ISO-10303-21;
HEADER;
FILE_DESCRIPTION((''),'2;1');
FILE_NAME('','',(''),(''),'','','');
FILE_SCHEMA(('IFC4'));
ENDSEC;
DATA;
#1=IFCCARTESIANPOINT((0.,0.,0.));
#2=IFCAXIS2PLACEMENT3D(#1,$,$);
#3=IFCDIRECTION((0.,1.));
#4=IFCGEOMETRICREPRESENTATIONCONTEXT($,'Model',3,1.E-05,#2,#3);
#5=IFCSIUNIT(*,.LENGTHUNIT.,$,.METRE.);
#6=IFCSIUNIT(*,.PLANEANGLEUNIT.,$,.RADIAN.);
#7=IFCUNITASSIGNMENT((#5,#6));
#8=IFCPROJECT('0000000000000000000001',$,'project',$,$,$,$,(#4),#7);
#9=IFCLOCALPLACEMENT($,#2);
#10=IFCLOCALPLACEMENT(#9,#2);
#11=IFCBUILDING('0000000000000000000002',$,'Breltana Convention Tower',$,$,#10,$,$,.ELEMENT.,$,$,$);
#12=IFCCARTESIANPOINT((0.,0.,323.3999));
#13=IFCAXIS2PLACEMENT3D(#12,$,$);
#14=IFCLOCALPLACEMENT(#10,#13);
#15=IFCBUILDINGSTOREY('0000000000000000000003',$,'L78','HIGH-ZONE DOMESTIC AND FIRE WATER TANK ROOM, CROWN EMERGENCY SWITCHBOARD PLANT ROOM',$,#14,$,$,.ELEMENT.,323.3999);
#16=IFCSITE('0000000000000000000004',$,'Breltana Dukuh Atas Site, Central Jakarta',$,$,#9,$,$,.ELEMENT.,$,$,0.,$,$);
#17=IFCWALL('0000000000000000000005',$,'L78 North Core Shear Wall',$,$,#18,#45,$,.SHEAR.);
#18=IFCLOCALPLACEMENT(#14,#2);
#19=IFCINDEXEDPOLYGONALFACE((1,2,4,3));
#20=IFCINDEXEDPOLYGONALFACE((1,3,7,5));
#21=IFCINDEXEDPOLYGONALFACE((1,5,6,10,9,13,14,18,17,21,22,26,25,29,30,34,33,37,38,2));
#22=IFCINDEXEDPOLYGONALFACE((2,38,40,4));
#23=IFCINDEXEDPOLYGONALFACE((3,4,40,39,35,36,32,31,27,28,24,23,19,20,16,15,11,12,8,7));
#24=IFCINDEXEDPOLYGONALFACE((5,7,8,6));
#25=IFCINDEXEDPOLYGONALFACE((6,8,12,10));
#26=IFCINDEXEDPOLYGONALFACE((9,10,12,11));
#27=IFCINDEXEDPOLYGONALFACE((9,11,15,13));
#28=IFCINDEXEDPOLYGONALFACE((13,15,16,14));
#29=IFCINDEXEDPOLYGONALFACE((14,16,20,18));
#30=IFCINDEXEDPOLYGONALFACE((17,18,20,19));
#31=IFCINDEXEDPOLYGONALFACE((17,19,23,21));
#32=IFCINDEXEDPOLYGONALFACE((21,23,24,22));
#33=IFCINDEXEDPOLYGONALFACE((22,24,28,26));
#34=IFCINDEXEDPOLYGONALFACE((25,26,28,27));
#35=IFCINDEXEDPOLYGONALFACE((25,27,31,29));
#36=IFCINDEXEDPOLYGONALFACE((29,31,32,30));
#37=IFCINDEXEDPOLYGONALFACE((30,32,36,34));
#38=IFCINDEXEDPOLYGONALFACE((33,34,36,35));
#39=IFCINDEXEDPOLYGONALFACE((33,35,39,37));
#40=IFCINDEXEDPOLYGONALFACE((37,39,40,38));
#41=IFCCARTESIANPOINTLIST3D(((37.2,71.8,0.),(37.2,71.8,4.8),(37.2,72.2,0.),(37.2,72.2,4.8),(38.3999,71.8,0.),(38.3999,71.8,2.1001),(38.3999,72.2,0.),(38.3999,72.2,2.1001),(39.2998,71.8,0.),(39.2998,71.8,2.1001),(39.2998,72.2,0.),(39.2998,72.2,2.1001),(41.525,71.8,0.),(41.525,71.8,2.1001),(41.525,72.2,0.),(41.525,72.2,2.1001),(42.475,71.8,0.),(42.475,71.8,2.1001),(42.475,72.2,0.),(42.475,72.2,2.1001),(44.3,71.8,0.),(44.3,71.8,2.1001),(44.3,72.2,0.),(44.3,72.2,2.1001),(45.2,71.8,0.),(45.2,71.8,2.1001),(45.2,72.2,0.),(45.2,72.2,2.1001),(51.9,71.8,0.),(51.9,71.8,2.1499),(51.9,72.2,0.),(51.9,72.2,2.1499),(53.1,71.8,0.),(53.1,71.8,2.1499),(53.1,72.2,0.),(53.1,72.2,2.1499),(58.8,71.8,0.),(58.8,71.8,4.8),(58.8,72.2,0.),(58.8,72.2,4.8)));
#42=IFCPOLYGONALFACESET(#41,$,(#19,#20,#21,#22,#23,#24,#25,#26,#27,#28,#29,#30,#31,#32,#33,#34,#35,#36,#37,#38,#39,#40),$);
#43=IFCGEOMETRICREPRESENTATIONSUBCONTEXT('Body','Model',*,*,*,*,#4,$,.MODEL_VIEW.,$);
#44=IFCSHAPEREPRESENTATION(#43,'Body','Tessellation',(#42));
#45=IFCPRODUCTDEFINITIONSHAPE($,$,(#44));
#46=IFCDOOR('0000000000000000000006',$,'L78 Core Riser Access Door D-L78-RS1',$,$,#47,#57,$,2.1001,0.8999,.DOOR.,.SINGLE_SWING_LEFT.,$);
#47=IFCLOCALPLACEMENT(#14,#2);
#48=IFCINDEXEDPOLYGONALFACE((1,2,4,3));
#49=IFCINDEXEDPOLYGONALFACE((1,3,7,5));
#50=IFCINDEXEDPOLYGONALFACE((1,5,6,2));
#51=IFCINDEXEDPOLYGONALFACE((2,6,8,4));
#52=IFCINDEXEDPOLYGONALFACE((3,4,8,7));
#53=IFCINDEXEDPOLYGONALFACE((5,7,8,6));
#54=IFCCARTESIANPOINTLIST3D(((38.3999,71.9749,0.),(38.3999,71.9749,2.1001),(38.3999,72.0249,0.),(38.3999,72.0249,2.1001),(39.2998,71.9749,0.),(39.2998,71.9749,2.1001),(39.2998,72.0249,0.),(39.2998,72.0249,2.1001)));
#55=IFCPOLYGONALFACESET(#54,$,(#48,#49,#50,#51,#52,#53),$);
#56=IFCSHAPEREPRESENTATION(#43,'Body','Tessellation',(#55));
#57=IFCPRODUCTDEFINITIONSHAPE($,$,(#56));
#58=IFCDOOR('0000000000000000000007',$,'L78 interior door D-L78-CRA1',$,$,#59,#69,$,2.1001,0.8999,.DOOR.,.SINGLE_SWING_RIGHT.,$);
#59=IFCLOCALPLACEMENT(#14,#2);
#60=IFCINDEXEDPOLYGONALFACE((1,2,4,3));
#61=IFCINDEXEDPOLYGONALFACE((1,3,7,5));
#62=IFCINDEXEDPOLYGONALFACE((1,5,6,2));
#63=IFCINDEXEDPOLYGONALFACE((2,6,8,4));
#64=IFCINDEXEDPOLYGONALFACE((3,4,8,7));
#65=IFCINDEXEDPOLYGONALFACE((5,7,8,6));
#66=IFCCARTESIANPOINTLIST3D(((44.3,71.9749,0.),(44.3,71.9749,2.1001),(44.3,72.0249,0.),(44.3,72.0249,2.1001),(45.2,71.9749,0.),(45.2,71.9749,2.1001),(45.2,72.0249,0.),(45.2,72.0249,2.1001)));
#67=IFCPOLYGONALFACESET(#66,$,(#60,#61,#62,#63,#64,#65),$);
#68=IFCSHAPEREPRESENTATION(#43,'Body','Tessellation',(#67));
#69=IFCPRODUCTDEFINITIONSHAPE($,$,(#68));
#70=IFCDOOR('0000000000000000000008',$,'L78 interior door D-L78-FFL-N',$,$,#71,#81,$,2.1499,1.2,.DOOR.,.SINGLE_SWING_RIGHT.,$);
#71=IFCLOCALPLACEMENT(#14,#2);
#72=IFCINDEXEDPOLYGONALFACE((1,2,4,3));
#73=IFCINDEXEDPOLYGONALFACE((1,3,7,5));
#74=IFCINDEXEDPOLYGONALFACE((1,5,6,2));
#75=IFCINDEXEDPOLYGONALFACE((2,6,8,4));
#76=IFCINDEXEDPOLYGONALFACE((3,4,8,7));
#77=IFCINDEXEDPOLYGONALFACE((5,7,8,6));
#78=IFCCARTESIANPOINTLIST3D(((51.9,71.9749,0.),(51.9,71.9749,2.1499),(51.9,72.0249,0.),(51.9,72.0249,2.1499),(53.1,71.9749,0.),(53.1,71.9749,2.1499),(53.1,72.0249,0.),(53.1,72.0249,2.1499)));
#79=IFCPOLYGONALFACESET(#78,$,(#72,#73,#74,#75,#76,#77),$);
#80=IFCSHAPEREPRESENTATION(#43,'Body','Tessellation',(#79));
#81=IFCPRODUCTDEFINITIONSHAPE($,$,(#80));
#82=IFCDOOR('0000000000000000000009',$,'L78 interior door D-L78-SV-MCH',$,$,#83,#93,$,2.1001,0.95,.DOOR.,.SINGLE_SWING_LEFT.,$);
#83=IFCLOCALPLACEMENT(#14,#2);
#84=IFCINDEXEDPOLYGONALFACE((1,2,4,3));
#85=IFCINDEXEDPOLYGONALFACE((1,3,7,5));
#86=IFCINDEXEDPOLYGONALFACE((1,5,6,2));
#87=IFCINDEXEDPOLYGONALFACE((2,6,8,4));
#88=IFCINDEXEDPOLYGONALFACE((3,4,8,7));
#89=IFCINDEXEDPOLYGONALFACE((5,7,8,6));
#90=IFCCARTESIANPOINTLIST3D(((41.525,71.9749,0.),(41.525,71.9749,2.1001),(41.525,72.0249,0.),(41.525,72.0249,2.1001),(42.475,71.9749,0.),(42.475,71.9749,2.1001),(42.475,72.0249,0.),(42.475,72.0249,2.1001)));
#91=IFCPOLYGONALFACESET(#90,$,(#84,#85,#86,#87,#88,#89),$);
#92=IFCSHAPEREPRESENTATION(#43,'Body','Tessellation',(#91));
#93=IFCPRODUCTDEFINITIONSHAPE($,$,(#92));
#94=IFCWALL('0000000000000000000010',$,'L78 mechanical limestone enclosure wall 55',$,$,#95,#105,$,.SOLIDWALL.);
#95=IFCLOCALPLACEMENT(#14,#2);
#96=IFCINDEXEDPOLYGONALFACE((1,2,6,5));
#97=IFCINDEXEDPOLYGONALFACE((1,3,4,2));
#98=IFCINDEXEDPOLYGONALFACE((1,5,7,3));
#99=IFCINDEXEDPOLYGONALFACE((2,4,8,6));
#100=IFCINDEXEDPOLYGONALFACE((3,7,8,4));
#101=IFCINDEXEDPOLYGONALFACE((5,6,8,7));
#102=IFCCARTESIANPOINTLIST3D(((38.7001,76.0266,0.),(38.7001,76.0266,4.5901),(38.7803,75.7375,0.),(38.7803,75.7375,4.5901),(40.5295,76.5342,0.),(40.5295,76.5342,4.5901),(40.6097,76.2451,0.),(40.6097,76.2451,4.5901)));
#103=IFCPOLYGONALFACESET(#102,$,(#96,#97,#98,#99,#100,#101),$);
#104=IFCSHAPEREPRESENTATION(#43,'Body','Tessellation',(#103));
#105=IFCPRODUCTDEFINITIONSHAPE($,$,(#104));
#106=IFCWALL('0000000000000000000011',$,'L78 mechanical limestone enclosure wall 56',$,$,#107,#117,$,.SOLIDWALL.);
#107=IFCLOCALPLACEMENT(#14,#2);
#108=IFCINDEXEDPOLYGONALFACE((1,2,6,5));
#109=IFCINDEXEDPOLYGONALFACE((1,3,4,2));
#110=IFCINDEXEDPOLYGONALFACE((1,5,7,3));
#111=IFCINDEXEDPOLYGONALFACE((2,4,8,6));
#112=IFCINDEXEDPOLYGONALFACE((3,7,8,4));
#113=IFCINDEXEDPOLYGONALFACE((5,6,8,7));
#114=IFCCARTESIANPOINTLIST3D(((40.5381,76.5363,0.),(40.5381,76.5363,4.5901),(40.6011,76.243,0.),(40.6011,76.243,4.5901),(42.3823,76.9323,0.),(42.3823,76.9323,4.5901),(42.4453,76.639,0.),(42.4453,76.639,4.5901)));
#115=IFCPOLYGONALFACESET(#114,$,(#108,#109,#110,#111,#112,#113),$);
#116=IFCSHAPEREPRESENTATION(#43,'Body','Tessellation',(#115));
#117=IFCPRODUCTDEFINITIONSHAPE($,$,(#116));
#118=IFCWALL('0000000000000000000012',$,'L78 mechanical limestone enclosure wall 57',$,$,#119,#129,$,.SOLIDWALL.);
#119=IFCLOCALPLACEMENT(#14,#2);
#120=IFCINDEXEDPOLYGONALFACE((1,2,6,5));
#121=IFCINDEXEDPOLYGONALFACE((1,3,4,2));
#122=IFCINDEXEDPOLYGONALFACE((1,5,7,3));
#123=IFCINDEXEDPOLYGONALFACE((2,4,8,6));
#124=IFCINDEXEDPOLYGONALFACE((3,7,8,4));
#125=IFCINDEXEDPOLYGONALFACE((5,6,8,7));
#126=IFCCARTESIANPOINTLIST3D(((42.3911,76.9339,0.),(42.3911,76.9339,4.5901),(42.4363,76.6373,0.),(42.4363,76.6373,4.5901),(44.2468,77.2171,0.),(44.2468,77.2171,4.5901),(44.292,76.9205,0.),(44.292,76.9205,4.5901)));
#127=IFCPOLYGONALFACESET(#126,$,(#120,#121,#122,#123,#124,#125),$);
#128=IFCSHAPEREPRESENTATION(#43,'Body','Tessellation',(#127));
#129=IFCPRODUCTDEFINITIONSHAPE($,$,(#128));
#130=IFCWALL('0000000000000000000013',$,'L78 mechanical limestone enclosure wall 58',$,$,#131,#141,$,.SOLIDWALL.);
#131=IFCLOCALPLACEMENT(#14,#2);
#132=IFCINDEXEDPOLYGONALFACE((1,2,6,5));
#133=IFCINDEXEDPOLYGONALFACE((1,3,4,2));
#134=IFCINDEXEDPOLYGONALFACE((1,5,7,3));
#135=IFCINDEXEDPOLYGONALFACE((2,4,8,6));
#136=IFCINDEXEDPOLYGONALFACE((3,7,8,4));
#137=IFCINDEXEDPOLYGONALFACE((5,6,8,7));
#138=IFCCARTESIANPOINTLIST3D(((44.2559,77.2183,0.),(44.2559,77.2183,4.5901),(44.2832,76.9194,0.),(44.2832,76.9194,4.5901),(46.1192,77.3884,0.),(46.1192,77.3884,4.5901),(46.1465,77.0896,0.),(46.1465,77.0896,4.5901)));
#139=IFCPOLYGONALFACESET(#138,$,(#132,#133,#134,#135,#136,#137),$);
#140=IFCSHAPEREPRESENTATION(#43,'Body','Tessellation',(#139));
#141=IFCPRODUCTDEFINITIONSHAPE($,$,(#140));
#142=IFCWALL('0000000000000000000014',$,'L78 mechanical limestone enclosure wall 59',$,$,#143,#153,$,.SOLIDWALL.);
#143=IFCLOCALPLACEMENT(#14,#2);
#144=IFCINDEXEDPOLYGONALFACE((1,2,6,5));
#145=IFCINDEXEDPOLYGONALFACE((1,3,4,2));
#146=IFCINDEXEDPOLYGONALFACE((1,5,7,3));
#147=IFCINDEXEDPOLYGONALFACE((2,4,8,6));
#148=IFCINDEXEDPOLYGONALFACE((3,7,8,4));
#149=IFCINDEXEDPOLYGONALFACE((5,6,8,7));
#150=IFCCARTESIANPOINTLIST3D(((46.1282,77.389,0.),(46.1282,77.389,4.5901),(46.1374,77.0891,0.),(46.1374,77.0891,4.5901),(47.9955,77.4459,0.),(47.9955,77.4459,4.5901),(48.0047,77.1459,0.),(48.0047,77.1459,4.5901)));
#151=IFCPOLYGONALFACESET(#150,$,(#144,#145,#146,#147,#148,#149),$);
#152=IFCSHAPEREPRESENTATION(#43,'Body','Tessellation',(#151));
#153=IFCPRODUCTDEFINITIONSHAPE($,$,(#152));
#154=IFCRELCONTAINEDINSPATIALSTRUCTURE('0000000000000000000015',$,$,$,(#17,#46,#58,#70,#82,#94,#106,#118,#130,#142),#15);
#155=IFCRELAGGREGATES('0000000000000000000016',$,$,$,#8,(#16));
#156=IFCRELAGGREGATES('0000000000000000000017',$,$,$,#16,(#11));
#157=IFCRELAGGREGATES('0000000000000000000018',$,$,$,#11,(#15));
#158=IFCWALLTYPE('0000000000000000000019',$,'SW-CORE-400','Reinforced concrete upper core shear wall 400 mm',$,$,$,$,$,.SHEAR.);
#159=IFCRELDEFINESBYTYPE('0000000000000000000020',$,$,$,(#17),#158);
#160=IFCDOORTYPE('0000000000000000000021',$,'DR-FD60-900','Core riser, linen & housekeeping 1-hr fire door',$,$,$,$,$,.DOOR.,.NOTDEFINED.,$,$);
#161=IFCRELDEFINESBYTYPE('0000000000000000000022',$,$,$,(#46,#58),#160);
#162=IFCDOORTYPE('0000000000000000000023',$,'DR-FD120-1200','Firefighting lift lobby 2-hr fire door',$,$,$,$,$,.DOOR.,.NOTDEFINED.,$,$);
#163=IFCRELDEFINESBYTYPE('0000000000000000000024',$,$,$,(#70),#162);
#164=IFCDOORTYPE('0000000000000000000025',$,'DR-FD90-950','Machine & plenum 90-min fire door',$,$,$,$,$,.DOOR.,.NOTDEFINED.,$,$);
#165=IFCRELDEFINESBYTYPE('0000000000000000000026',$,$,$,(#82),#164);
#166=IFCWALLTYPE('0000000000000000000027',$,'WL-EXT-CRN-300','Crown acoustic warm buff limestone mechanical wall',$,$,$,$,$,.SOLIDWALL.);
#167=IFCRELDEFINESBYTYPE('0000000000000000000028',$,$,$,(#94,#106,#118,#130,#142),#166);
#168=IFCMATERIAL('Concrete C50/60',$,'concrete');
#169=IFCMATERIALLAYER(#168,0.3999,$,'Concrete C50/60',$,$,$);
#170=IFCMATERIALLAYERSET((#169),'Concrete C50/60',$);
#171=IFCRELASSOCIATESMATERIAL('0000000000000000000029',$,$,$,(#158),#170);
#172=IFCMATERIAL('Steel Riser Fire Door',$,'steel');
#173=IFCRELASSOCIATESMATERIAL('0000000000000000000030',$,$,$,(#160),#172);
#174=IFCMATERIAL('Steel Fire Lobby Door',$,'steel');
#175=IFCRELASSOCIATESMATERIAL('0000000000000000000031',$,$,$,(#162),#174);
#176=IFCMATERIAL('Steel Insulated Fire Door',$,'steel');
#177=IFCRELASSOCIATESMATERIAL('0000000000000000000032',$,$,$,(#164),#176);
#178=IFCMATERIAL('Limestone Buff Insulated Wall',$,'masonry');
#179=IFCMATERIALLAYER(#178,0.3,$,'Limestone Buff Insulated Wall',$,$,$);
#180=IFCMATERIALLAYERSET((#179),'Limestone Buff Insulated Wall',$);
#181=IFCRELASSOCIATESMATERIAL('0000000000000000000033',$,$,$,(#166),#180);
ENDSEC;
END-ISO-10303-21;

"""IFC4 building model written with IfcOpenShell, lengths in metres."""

from ifc_helpers import new_model, si_unit, direction, frame, frame_2d, origin, place, context, subcontext, project, spatial, rectangle, extrude, source, transform, mapped, material, layer, layer_set, type_object, type_shapes, element, fill, save


model = new_model("IFC4")

# Units and contexts
model_context = context("Model", 3, precision=1e-05, world=origin(), true_north=direction((0.0, 1.0)))
body_context = subcontext(model_context, "Body", "Model", "MODEL_VIEW")
ifc_project = project(units=[si_unit("LENGTHUNIT", "METRE"), si_unit("PLANEANGLEUNIT", "RADIAN")], contexts=[model_context])

# Site, building, storey
site_placement = place(None, origin())
site = spatial("IfcSite", under=ifc_project, at=site_placement, Name="Breltana Dukuh Atas Site, Central Jakarta", CompositionType="ELEMENT", RefElevation=0.0)
building_placement = place(site_placement, origin())
building = spatial("IfcBuilding", under=site, at=building_placement, Name="Breltana Convention Tower", CompositionType="ELEMENT")
storey_placement = place(building_placement, frame((0.0, 0.0, 323.3999)))
storey = spatial("IfcBuildingStorey", under=building, at=storey_placement, Name="L78", Description="HIGH-ZONE DOMESTIC AND FIRE WATER TANK ROOM, CROWN EMERGENCY SWITCHBOARD PLANT ROOM", CompositionType="ELEMENT", Elevation=323.3999)

# Shared definitions
ifc_material_1 = material(Name="Concrete C50/60", Category="concrete")
ifc_layer_1 = layer(ifc_material_1, 0.3999, Name="Concrete C50/60")
ifc_layer_set_1 = layer_set([ifc_layer_1], Name="Concrete C50/60")
wall_type_1 = type_object("IfcWallType", Name="SW-CORE-400", Description="Reinforced concrete upper core shear wall 400 mm", PredefinedType="SHEAR", material=ifc_layer_set_1)

# Wall, openings, doors
shared_shape_1 = source(origin(), body_context, "Body", "SweptSolid", [
    extrude(rectangle(XDim=21.6001, YDim=0.3999, at=frame_2d((10.8, 0.0))), origin(), (0.0, 0.0, 1.0), 4.8),
])
wall_1_placement = place(storey_placement, frame((37.2, 72.0, 0.0), z_axis=(0.0, 0.0, 1.0), x_axis=(1.0, 0.0, 0.0)))
wall_1 = element("IfcWall", 1, at=wall_1_placement, inside=storey, type_object=wall_type_1, Name="L78 North Core Shear Wall", PredefinedType="SHEAR", context=body_context, shape_type="MappedRepresentation", body=[
    mapped(shared_shape_1, transform((0.0, 0.0, 0.0), scale=1.0)),
])
opening_1_placement = place(wall_1_placement, frame((1.2, 0.0, 0.0)))
opening_1 = element("IfcOpeningElement", 2, at=opening_1_placement, cuts=wall_1, PredefinedType="OPENING", context=body_context, shape_type="SweptSolid", body=[
    extrude(rectangle(XDim=0.8999, YDim=2.1001, at=frame_2d((0.45, 1.05))), frame((0.0, 0.21, 0.0), z_axis=(0.0, -1.0, 0.0), x_axis=(1.0, 0.0, 0.0)), (0.0, 0.0, 1.0), 0.4199),
])
opening_2_placement = place(wall_1_placement, frame((14.7, 0.0, 0.0)))
opening_2 = element("IfcOpeningElement", 3, at=opening_2_placement, cuts=wall_1, PredefinedType="OPENING", context=body_context, shape_type="SweptSolid", body=[
    extrude(rectangle(XDim=1.2, YDim=2.1499, at=frame_2d((0.6001, 1.075))), frame((0.0, 0.21, 0.0), z_axis=(0.0, -1.0, 0.0), x_axis=(1.0, 0.0, 0.0)), (0.0, 0.0, 1.0), 0.4199),
])
opening_3_placement = place(wall_1_placement, frame((4.325, 0.0, 0.0)))
opening_3 = element("IfcOpeningElement", 4, at=opening_3_placement, cuts=wall_1, PredefinedType="OPENING", context=body_context, shape_type="SweptSolid", body=[
    extrude(rectangle(XDim=0.95, YDim=2.1001, at=frame_2d((0.4751, 1.05))), frame((0.0, 0.21, 0.0), z_axis=(0.0, -1.0, 0.0), x_axis=(1.0, 0.0, 0.0)), (0.0, 0.0, 1.0), 0.4199),
])
opening_4_placement = place(wall_1_placement, frame((7.1001, 0.0, 0.0)))
opening_4 = element("IfcOpeningElement", 5, at=opening_4_placement, cuts=wall_1, PredefinedType="OPENING", context=body_context, shape_type="SweptSolid", body=[
    extrude(rectangle(XDim=0.8999, YDim=2.1001, at=frame_2d((0.45, 1.05))), frame((0.0, 0.21, 0.0), z_axis=(0.0, -1.0, 0.0), x_axis=(1.0, 0.0, 0.0)), (0.0, 0.0, 1.0), 0.4199),
])
ifc_material_2 = material(Name="Steel Riser Fire Door", Category="steel")
door_type_1 = type_object("IfcDoorType", Name="DR-FD60-900", Description="Core riser, linen & housekeeping 1-hr fire door", OperationType="NOTDEFINED", PredefinedType="DOOR", material=ifc_material_2)
shared_shape_2 = source(origin(), body_context, "Body", "SweptSolid", [
    extrude(rectangle(XDim=0.8999, YDim=2.1001, at=frame_2d((0.45, 1.05))), frame((0.0, 0.0249, 0.0), z_axis=(0.0, -1.0, 0.0), x_axis=(1.0, 0.0, 0.0)), (0.0, 0.0, 1.0), 0.05),
])
type_shapes(door_type_1, [shared_shape_2])
door_1_placement = place(opening_1_placement, origin())
door_1 = element("IfcDoor", 6, at=door_1_placement, inside=storey, type_object=door_type_1, Name="L78 Core Riser Access Door D-L78-RS1", OperationType="SINGLE_SWING_LEFT", OverallHeight=2.1001, OverallWidth=0.8999, PredefinedType="DOOR", context=body_context, shape_type="MappedRepresentation", body=[
    mapped(shared_shape_2, transform((0.0, 0.0, 0.0), scale=1.0)),
])
fill(opening_1, door_1)
door_2_placement = place(opening_4_placement, origin())
door_2 = element("IfcDoor", 7, at=door_2_placement, inside=storey, type_object=door_type_1, Name="L78 interior door D-L78-CRA1", OperationType="SINGLE_SWING_RIGHT", OverallHeight=2.1001, OverallWidth=0.8999, PredefinedType="DOOR", context=body_context, shape_type="MappedRepresentation", body=[
    mapped(shared_shape_2, transform((0.0, 0.0, 0.0), scale=1.0)),
])
fill(opening_4, door_2)
ifc_material_3 = material(Name="Steel Fire Lobby Door", Category="steel")
door_type_2 = type_object("IfcDoorType", Name="DR-FD120-1200", Description="Firefighting lift lobby 2-hr fire door", OperationType="NOTDEFINED", PredefinedType="DOOR", material=ifc_material_3)
shared_shape_3 = source(origin(), body_context, "Body", "SweptSolid", [
    extrude(rectangle(XDim=1.2, YDim=2.1499, at=frame_2d((0.6001, 1.075))), frame((0.0, 0.0249, 0.0), z_axis=(0.0, -1.0, 0.0), x_axis=(1.0, 0.0, 0.0)), (0.0, 0.0, 1.0), 0.05),
])
type_shapes(door_type_2, [shared_shape_3])
door_3_placement = place(opening_2_placement, origin())
door_3 = element("IfcDoor", 8, at=door_3_placement, inside=storey, type_object=door_type_2, Name="L78 interior door D-L78-FFL-N", OperationType="SINGLE_SWING_RIGHT", OverallHeight=2.1499, OverallWidth=1.2, PredefinedType="DOOR", context=body_context, shape_type="MappedRepresentation", body=[
    mapped(shared_shape_3, transform((0.0, 0.0, 0.0), scale=1.0)),
])
fill(opening_2, door_3)
ifc_material_4 = material(Name="Steel Insulated Fire Door", Category="steel")
door_type_3 = type_object("IfcDoorType", Name="DR-FD90-950", Description="Machine & plenum 90-min fire door", OperationType="NOTDEFINED", PredefinedType="DOOR", material=ifc_material_4)
shared_shape_4 = source(origin(), body_context, "Body", "SweptSolid", [
    extrude(rectangle(XDim=0.95, YDim=2.1001, at=frame_2d((0.4751, 1.05))), frame((0.0, 0.0249, 0.0), z_axis=(0.0, -1.0, 0.0), x_axis=(1.0, 0.0, 0.0)), (0.0, 0.0, 1.0), 0.05),
])
type_shapes(door_type_3, [shared_shape_4])
door_4_placement = place(opening_3_placement, origin())
door_4 = element("IfcDoor", 9, at=door_4_placement, inside=storey, type_object=door_type_3, Name="L78 interior door D-L78-SV-MCH", OperationType="SINGLE_SWING_LEFT", OverallHeight=2.1001, OverallWidth=0.95, PredefinedType="DOOR", context=body_context, shape_type="MappedRepresentation", body=[
    mapped(shared_shape_4, transform((0.0, 0.0, 0.0), scale=1.0)),
])
fill(opening_3, door_4)

# Walls
ifc_material_5 = material(Name="Limestone Buff Insulated Wall", Category="masonry")
ifc_layer_2 = layer(ifc_material_5, 0.3, Name="Limestone Buff Insulated Wall")
ifc_layer_set_2 = layer_set([ifc_layer_2], Name="Limestone Buff Insulated Wall")
wall_type_2 = type_object("IfcWallType", Name="WL-EXT-CRN-300", Description="Crown acoustic warm buff limestone mechanical wall", PredefinedType="SOLIDWALL", material=ifc_layer_set_2)
shared_shape_5 = source(origin(), body_context, "Body", "SweptSolid", [
    extrude(rectangle(XDim=1.8984, YDim=0.3, at=frame_2d((0.9492, 0.0))), origin(), (0.0, 0.0, 1.0), 4.5901),
])
wall_2_placement = place(storey_placement, frame((38.7402, 75.8821, 0.0), z_axis=(0.0, 0.0, 1.0), x_axis=(0.963597, 0.267359, 0.0)))
element("IfcWall", 10, at=wall_2_placement, inside=storey, type_object=wall_type_2, Name="L78 mechanical limestone enclosure wall 55", PredefinedType="SOLIDWALL", context=body_context, shape_type="MappedRepresentation", body=[
    mapped(shared_shape_5, transform((0.0, 0.0, 0.0), scale=1.0)),
])
shared_shape_6 = source(origin(), body_context, "Body", "SweptSolid", [
    extrude(rectangle(XDim=1.8862, YDim=0.3, at=frame_2d((0.9431, 0.0))), origin(), (0.0, 0.0, 1.0), 4.5901),
])
wall_3_placement = place(storey_placement, frame((40.5696, 76.3896, 0.0), z_axis=(0.0, 0.0, 1.0), x_axis=(0.977715, 0.209936, 0.0)))
element("IfcWall", 11, at=wall_3_placement, inside=storey, type_object=wall_type_2, Name="L78 mechanical limestone enclosure wall 56", PredefinedType="SOLIDWALL", context=body_context, shape_type="MappedRepresentation", body=[
    mapped(shared_shape_6, transform((0.0, 0.0, 0.0), scale=1.0)),
])
shared_shape_7 = source(origin(), body_context, "Body", "SweptSolid", [
    extrude(rectangle(XDim=1.8772, YDim=0.3, at=frame_2d((0.9385, 0.0))), origin(), (0.0, 0.0, 1.0), 4.5901),
])
wall_4_placement = place(storey_placement, frame((42.4138, 76.7856, 0.0), z_axis=(0.0, 0.0, 1.0), x_axis=(0.988554, 0.150865, 0.0)))
element("IfcWall", 12, at=wall_4_placement, inside=storey, type_object=wall_type_2, Name="L78 mechanical limestone enclosure wall 57", PredefinedType="SOLIDWALL", context=body_context, shape_type="MappedRepresentation", body=[
    mapped(shared_shape_7, transform((0.0, 0.0, 0.0), scale=1.0)),
])
shared_shape_8 = source(origin(), body_context, "Body", "SweptSolid", [
    extrude(rectangle(XDim=1.8711, YDim=0.3, at=frame_2d((0.9355, 0.0))), origin(), (0.0, 0.0, 1.0), 4.5901),
])
wall_5_placement = place(storey_placement, frame((44.2695, 77.0688, 0.0), z_axis=(0.0, 0.0, 1.0), x_axis=(0.995856, 0.090948, 0.0)))
element("IfcWall", 13, at=wall_5_placement, inside=storey, type_object=wall_type_2, Name="L78 mechanical limestone enclosure wall 58", PredefinedType="SOLIDWALL", context=body_context, shape_type="MappedRepresentation", body=[
    mapped(shared_shape_8, transform((0.0, 0.0, 0.0), scale=1.0)),
])
shared_shape_9 = source(origin(), body_context, "Body", "SweptSolid", [
    extrude(rectangle(XDim=1.8682, YDim=0.3, at=frame_2d((0.9341, 0.0))), origin(), (0.0, 0.0, 1.0), 4.5901),
])
wall_6_placement = place(storey_placement, frame((46.1328, 77.239, 0.0), z_axis=(0.0, 0.0, 1.0), x_axis=(0.999536, 0.030451, 0.0)))
element("IfcWall", 14, at=wall_6_placement, inside=storey, type_object=wall_type_2, Name="L78 mechanical limestone enclosure wall 59", PredefinedType="SOLIDWALL", context=body_context, shape_type="MappedRepresentation", body=[
    mapped(shared_shape_9, transform((0.0, 0.0, 0.0), scale=1.0)),
])

save(model, "model.ifc")
